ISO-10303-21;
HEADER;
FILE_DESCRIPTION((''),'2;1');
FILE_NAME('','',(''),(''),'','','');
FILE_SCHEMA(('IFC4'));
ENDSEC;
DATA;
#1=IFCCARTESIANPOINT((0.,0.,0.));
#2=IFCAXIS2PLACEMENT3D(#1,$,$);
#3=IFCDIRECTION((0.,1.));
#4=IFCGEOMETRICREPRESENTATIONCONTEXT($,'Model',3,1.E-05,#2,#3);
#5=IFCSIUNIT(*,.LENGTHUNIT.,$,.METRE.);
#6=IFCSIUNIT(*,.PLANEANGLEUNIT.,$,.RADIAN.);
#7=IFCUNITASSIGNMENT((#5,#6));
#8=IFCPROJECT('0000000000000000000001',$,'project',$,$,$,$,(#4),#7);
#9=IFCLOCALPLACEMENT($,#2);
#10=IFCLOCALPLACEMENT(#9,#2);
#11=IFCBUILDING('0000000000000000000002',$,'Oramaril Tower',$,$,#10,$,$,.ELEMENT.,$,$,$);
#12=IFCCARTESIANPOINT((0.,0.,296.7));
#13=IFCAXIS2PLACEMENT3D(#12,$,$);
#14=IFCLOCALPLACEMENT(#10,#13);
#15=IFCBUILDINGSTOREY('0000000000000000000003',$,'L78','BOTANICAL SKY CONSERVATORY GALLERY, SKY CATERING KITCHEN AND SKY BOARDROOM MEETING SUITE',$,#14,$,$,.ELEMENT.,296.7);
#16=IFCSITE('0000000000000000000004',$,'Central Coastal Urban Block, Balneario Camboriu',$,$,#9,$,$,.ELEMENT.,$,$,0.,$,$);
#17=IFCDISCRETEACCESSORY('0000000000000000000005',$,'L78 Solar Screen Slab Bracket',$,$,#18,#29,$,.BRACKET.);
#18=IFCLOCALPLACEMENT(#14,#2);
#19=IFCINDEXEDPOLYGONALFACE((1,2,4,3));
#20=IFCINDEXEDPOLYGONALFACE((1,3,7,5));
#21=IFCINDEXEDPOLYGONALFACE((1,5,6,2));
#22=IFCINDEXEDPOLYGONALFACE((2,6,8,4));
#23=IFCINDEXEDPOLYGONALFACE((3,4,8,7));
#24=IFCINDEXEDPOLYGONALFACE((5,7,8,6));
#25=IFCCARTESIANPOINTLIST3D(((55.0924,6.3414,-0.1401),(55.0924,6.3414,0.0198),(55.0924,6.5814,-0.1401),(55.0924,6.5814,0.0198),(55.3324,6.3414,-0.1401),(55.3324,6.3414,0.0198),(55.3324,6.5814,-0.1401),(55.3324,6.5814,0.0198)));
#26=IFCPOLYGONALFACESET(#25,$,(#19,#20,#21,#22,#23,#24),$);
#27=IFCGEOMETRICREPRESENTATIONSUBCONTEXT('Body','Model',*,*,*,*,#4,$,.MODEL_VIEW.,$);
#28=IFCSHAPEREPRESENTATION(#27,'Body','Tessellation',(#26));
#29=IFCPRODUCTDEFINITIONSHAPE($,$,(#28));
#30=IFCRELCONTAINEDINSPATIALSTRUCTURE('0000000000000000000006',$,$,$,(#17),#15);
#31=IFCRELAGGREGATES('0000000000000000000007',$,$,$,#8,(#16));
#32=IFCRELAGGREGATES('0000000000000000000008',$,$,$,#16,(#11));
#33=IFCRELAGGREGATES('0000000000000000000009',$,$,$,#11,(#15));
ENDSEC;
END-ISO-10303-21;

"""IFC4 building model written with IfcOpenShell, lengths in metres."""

from ifc_helpers import new_model, si_unit, direction, frame, origin, origin_2d, place, context, subcontext, project, spatial, rectangle, extrude, element, save


model = new_model("IFC4")

# Units and contexts
model_context = context("Model", 3, precision=1e-05, world=origin(), true_north=direction((0.0, 1.0)))
body_context = subcontext(model_context, "Body", "Model", "MODEL_VIEW")
ifc_project = project(units=[si_unit("LENGTHUNIT", "METRE"), si_unit("PLANEANGLEUNIT", "RADIAN")], contexts=[model_context])

# Site, building, storey
site_placement = place(None, origin())
site = spatial("IfcSite", under=ifc_project, at=site_placement, Name="Central Coastal Urban Block, Balneario Camboriu", CompositionType="ELEMENT", RefElevation=0.0)
building_placement = place(site_placement, origin())
building = spatial("IfcBuilding", under=site, at=building_placement, Name="Oramaril Tower", CompositionType="ELEMENT")
storey_placement = place(building_placement, frame((0.0, 0.0, 296.7)))
storey = spatial("IfcBuildingStorey", under=building, at=storey_placement, Name="L78", Description="BOTANICAL SKY CONSERVATORY GALLERY, SKY CATERING KITCHEN AND SKY BOARDROOM MEETING SUITE", CompositionType="ELEMENT", Elevation=296.7)

# Discrete accessory
for number, where, z_axis, x_axis, name in (
    (1, (55.2124, 6.4614, -0.1401), (0.0, 0.0, 1.0), (1.0, 0.0, 0.0), "L78 Solar Screen Slab Bracket"),
):
    element("IfcDiscreteAccessory", number, at=place(storey_placement, frame(where, z_axis=z_axis, x_axis=x_axis)), inside=storey, Name=name, PredefinedType="BRACKET", context=body_context, shape_type="SweptSolid", body=[
        extrude(rectangle(XDim=0.24, YDim=0.24, at=origin_2d()), origin(), (0.0, 0.0, 1.0), 0.1599),
    ])

save(model, "model.ifc")
